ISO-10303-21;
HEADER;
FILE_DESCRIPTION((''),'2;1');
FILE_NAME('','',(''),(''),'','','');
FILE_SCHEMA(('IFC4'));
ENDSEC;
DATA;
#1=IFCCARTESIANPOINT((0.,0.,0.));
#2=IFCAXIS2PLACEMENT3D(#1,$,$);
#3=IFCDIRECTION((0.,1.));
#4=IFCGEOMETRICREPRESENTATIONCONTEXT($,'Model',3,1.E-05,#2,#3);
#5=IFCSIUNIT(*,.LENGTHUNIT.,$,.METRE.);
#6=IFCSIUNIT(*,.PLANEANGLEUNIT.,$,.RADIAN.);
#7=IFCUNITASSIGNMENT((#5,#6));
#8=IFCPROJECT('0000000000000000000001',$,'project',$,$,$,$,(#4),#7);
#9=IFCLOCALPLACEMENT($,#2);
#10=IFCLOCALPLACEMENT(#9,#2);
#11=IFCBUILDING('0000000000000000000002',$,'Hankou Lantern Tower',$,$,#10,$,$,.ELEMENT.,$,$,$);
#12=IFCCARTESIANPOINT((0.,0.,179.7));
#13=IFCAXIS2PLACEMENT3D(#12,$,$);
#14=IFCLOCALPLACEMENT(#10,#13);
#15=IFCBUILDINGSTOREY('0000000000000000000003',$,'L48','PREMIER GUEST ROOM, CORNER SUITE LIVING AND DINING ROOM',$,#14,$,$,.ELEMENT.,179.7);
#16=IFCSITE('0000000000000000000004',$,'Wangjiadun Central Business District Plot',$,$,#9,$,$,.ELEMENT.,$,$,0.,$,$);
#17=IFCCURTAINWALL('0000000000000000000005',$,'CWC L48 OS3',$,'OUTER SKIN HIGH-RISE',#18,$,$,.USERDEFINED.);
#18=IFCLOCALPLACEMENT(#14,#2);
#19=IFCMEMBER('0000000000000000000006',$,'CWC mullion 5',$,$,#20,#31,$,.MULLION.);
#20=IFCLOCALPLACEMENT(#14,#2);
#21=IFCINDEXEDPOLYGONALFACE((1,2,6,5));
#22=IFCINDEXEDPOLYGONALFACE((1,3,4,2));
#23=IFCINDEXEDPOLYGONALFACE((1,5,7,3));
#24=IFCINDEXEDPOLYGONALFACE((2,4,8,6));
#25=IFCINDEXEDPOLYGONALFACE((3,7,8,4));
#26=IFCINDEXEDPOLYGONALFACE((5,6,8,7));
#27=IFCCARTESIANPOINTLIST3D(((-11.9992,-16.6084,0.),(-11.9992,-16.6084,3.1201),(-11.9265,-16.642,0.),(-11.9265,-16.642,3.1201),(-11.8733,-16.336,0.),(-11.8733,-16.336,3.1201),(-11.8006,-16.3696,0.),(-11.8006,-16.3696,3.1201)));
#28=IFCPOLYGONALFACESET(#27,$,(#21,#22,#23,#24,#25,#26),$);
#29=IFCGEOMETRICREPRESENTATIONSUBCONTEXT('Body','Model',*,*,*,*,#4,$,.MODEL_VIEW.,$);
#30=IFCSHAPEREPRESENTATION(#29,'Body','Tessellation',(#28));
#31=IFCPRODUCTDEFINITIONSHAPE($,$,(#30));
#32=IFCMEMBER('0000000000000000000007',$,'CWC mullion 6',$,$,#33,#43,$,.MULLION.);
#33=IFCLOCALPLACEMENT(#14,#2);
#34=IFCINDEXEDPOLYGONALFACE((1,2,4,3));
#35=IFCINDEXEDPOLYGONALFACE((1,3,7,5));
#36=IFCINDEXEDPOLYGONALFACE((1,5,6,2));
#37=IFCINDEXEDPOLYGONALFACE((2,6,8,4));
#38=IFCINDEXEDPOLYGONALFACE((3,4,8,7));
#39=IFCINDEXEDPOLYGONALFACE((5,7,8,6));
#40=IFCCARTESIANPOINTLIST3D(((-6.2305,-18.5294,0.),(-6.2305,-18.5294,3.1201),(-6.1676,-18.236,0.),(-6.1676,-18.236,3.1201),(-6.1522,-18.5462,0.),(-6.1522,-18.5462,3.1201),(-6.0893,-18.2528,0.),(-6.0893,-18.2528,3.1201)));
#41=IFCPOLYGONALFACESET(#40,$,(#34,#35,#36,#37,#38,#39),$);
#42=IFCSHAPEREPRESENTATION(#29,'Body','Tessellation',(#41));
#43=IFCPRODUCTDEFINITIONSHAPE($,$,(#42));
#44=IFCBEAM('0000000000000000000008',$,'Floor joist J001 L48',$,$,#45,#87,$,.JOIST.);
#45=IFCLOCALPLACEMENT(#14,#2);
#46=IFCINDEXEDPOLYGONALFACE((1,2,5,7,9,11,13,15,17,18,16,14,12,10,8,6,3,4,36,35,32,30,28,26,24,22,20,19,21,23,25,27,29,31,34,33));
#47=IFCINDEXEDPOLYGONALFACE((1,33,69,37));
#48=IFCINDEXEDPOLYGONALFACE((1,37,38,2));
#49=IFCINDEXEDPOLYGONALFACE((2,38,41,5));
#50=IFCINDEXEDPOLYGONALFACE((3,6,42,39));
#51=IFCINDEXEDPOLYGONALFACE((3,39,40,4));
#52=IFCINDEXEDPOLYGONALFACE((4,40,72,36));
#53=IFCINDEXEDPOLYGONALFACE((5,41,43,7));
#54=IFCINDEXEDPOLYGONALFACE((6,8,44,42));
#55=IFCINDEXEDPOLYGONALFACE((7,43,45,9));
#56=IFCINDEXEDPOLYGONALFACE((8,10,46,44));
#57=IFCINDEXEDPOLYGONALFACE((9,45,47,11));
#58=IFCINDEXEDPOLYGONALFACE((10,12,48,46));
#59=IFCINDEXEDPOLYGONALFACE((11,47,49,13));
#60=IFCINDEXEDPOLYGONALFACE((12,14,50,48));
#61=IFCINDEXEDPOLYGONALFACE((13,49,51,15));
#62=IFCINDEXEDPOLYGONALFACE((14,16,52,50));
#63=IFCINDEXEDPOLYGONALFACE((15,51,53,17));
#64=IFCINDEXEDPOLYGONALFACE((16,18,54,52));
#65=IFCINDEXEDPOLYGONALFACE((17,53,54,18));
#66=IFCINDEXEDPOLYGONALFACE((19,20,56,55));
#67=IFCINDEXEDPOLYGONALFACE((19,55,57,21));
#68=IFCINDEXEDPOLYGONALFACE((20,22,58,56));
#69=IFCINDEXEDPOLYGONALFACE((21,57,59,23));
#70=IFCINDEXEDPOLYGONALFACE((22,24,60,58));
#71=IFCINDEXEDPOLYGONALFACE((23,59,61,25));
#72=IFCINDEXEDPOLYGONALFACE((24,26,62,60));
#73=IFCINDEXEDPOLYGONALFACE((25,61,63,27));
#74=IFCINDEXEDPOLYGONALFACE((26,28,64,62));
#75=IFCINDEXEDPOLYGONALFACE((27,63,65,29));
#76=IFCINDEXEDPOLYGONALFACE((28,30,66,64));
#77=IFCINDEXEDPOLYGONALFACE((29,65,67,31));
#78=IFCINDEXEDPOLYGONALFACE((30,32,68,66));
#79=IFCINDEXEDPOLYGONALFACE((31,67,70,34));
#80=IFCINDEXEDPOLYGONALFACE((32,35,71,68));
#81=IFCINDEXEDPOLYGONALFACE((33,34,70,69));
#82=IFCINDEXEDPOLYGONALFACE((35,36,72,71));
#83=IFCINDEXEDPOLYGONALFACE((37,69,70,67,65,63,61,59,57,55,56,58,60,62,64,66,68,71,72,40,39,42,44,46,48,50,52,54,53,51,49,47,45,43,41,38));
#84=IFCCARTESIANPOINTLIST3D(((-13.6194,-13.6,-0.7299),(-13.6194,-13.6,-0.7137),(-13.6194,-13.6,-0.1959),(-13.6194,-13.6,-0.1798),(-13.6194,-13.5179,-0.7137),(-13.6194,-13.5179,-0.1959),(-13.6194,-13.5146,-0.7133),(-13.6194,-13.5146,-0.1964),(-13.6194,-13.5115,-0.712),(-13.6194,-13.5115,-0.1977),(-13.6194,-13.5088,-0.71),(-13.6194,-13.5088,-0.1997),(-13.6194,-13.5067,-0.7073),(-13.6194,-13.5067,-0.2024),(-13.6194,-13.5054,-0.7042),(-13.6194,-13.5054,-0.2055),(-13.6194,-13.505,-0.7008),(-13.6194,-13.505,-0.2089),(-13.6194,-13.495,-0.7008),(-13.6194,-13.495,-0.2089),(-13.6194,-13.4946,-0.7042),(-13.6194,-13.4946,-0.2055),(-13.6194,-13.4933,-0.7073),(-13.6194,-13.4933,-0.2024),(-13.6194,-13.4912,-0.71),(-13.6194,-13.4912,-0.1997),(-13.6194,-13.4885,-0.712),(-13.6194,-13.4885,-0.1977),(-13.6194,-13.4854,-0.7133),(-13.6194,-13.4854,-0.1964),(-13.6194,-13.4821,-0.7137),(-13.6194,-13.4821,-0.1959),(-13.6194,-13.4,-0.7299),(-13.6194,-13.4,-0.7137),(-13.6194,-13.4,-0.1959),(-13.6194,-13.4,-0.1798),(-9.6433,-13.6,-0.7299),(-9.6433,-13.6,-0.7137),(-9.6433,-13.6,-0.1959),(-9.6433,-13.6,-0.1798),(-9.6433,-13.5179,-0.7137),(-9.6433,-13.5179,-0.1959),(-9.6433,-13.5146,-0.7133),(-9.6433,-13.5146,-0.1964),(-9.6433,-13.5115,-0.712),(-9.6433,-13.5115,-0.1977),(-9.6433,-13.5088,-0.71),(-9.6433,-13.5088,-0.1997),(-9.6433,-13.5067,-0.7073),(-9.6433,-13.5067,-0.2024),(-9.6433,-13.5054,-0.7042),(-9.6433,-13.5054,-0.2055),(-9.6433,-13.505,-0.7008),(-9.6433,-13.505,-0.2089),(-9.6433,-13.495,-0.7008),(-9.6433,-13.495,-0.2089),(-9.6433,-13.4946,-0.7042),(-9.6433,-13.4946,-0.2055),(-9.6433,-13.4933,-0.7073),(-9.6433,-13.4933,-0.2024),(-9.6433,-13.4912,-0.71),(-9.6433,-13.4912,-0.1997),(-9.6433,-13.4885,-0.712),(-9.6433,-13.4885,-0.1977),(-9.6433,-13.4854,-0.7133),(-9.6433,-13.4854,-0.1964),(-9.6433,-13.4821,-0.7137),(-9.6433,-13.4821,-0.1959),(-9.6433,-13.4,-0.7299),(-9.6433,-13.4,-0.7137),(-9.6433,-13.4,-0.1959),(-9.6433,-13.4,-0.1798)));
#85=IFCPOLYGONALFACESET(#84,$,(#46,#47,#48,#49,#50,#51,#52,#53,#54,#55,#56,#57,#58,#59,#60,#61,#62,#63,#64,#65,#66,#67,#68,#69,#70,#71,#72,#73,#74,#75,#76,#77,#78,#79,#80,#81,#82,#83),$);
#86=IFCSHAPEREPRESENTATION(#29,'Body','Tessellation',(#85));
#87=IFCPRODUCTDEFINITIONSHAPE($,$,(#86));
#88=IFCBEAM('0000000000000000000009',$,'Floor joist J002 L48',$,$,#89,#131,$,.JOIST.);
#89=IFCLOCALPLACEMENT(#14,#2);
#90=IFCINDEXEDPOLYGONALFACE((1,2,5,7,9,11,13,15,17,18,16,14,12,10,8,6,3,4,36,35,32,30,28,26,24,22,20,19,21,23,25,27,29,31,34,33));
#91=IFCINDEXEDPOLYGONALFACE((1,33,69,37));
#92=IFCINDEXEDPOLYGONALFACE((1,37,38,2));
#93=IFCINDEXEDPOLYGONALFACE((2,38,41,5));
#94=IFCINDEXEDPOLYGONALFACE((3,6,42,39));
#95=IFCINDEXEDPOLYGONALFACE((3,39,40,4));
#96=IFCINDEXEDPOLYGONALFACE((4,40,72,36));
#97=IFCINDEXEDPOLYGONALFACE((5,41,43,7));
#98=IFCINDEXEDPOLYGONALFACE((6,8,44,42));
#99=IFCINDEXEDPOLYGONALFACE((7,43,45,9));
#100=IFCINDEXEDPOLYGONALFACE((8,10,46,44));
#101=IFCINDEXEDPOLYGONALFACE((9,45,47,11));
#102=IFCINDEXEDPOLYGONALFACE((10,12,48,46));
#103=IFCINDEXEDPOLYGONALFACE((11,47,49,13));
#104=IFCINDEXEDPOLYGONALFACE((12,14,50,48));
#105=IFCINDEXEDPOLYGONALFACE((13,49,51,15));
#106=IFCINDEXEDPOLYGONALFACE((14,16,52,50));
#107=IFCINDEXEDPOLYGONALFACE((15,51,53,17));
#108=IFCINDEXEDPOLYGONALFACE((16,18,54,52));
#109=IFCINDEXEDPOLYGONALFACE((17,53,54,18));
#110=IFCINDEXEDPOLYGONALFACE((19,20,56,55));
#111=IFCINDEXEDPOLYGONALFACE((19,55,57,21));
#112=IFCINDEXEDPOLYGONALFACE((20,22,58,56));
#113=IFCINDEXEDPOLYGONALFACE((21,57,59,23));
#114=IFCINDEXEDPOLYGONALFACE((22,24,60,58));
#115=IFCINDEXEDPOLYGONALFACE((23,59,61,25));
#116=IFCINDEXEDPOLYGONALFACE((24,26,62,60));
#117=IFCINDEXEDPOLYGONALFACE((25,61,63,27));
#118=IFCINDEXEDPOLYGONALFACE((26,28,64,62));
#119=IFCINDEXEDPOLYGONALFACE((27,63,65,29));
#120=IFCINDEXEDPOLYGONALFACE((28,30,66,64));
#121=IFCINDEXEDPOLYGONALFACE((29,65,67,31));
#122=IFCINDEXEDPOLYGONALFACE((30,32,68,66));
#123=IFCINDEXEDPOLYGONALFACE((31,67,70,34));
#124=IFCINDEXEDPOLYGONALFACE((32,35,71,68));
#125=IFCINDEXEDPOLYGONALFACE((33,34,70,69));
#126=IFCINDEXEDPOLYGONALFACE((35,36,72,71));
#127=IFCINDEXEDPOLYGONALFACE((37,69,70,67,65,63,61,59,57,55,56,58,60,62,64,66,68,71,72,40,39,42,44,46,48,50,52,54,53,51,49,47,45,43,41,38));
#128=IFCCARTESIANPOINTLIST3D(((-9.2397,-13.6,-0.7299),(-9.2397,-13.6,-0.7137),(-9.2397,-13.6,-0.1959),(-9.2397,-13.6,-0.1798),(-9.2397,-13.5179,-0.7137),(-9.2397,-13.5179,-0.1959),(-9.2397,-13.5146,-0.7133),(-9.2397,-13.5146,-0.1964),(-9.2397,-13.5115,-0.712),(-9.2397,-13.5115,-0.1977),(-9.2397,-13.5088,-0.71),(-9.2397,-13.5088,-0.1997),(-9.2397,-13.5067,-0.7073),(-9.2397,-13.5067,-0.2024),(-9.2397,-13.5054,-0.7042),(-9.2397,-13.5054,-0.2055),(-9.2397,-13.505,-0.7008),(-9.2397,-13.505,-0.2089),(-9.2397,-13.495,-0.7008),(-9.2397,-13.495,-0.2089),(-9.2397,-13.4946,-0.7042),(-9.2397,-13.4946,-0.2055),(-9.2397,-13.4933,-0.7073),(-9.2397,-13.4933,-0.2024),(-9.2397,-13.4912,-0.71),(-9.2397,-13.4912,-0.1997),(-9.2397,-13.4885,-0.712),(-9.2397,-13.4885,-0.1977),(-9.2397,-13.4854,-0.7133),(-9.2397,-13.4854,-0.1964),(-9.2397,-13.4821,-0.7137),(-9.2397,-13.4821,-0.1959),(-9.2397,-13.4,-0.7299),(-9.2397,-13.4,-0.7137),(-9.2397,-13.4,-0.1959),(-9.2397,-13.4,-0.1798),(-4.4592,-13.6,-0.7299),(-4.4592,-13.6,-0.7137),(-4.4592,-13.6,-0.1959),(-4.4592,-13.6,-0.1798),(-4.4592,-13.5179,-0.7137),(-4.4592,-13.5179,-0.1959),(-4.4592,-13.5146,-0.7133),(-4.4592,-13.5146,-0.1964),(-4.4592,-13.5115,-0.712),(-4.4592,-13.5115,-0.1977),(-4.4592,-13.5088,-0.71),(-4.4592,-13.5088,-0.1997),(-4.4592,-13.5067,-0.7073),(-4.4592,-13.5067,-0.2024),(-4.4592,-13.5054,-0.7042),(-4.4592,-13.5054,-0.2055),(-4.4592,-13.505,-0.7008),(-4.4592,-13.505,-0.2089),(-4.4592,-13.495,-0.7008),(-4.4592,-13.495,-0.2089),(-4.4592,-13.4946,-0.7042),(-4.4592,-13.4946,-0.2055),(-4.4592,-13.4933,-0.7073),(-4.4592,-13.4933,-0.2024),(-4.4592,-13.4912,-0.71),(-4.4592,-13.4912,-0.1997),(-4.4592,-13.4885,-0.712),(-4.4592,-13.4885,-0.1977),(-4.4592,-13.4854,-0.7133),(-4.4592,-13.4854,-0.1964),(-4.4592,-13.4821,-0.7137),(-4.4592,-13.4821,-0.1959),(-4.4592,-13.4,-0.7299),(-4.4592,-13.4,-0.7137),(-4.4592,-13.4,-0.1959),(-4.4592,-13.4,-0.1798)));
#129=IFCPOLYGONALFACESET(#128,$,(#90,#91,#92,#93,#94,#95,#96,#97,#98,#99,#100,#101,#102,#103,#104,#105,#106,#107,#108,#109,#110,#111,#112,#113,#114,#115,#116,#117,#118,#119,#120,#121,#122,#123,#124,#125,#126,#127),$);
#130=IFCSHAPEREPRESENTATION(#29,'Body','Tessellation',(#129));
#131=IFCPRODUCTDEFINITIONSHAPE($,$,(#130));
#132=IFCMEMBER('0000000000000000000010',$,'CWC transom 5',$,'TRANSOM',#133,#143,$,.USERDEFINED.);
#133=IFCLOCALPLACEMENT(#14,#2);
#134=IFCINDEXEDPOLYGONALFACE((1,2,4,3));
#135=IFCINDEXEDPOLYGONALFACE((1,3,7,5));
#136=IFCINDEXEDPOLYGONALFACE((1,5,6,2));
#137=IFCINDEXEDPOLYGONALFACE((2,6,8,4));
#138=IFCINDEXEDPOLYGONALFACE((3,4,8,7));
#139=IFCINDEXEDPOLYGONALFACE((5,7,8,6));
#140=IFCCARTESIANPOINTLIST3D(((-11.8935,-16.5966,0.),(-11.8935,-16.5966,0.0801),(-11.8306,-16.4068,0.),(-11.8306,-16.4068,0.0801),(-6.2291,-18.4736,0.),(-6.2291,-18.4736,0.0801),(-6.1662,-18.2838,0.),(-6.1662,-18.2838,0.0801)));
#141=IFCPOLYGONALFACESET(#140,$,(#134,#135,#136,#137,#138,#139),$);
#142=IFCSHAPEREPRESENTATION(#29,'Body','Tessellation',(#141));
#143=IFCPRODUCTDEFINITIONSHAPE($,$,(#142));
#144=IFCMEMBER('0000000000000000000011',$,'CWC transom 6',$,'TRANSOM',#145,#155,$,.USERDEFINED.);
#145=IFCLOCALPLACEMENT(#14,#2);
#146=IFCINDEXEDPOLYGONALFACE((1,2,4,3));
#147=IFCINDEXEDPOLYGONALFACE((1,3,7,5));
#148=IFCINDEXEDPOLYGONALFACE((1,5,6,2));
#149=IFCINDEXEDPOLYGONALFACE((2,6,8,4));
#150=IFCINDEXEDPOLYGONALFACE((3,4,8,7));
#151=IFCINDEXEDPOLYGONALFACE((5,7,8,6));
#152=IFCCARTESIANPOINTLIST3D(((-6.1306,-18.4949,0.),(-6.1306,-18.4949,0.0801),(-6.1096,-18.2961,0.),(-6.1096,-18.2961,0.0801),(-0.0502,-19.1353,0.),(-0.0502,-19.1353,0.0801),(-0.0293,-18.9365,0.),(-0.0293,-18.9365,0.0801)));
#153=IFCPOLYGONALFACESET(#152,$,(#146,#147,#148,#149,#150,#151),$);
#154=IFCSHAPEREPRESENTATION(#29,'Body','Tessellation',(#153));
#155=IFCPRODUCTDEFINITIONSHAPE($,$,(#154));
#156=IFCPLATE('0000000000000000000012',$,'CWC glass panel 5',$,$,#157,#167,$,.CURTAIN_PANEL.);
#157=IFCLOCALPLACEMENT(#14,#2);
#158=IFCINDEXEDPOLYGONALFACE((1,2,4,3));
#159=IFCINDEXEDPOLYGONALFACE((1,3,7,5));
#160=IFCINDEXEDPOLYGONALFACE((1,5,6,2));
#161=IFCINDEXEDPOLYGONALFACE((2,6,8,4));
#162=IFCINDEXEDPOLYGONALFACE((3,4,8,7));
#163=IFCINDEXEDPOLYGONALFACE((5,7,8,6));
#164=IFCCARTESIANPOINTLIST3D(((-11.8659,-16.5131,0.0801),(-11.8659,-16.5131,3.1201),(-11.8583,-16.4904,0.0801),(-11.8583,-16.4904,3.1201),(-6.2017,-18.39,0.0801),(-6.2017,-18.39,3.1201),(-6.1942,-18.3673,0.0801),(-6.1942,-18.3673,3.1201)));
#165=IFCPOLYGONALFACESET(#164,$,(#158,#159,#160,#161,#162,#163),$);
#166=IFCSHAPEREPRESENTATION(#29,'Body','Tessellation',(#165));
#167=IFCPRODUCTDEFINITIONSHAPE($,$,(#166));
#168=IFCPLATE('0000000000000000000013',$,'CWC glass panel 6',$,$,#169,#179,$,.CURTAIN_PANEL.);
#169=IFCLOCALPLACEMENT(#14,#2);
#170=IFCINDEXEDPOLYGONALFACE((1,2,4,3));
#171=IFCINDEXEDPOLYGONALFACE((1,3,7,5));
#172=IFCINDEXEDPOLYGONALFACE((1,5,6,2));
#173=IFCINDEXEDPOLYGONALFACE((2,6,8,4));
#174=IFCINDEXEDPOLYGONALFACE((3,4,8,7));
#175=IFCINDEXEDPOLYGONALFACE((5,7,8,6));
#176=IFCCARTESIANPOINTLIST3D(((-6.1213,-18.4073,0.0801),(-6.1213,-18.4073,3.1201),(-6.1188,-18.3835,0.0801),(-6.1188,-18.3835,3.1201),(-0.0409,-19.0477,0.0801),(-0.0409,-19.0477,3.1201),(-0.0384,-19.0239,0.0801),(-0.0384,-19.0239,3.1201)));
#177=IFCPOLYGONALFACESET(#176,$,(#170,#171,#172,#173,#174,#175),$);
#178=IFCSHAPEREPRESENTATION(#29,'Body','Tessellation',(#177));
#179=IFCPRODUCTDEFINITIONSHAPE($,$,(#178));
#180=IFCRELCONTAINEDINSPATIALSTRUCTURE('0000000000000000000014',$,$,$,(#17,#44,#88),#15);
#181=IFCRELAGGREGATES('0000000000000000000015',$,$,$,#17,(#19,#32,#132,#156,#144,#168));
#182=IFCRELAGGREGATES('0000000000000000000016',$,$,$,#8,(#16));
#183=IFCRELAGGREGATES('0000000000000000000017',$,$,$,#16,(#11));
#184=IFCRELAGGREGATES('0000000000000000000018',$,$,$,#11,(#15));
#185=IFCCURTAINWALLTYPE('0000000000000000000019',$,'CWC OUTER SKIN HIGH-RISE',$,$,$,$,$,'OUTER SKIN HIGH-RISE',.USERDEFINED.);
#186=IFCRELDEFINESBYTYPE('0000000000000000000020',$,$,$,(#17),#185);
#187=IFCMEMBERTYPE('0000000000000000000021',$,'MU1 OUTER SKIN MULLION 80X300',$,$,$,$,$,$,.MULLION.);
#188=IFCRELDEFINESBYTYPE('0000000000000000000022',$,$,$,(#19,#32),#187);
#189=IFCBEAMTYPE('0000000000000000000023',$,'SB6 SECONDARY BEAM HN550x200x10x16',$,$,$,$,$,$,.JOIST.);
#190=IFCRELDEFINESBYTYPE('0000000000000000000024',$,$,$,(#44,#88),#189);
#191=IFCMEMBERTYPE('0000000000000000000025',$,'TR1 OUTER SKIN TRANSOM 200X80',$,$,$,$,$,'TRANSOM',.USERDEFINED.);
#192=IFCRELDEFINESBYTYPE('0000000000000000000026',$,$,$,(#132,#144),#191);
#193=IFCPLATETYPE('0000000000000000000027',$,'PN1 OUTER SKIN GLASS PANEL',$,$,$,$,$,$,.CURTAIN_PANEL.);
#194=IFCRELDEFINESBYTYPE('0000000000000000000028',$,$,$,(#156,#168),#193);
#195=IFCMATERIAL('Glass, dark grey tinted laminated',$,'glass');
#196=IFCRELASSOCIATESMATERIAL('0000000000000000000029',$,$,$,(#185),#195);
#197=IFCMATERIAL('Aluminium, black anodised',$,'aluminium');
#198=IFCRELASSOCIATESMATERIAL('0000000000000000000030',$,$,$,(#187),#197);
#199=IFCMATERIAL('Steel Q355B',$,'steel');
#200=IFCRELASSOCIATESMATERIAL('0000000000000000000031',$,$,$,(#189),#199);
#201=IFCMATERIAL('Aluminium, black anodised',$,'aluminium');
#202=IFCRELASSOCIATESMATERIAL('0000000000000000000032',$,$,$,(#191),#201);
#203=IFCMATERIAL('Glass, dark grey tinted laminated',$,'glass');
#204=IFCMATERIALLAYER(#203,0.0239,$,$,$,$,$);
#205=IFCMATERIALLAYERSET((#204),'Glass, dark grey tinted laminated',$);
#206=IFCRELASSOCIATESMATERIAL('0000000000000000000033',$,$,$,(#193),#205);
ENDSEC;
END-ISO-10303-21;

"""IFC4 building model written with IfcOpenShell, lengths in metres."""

from ifc_helpers import new_model, si_unit, direction, frame, origin, origin_2d, place, context, subcontext, project, spatial, rectangle, i_section, extrude, material, layer, layer_set, material_profile, profile_set, type_object, element, aggregate, save


model = new_model("IFC4")

# Units and contexts
model_context = context("Model", 3, precision=1e-05, world=origin(), true_north=direction((0.0, 1.0)))
body_context = subcontext(model_context, "Body", "Model", "MODEL_VIEW")
ifc_project = project(units=[si_unit("LENGTHUNIT", "METRE"), si_unit("PLANEANGLEUNIT", "RADIAN")], contexts=[model_context])

# Site, building, storey
site_placement = place(None, origin())
site = spatial("IfcSite", under=ifc_project, at=site_placement, Name="Wangjiadun Central Business District Plot", CompositionType="ELEMENT", RefElevation=0.0)
building_placement = place(site_placement, origin())
building = spatial("IfcBuilding", under=site, at=building_placement, Name="Hankou Lantern Tower", CompositionType="ELEMENT")
storey_placement = place(building_placement, frame((0.0, 0.0, 179.7)))
storey = spatial("IfcBuildingStorey", under=building, at=storey_placement, Name="L48", Description="PREMIER GUEST ROOM, CORNER SUITE LIVING AND DINING ROOM", CompositionType="ELEMENT", Elevation=179.7)

# Curtain wall, members
ifc_material_1 = material(Name="Glass, dark grey tinted laminated", Category="glass")
curtain_wall_type = type_object("IfcCurtainWallType", Name="CWC OUTER SKIN HIGH-RISE", ElementType="OUTER SKIN HIGH-RISE", PredefinedType="USERDEFINED", material=ifc_material_1)
curtain_wall_placement = place(storey_placement, origin())
curtain_wall = element("IfcCurtainWall", 1, at=curtain_wall_placement, inside=storey, type_object=curtain_wall_type, Name="CWC L48 OS3", ObjectType="OUTER SKIN HIGH-RISE", PredefinedType="USERDEFINED")
ifc_material_2 = material(Name="Aluminium, black anodised", Category="aluminium")
ifc_material_profile_1 = material_profile(ifc_material_2, rectangle(XDim=0.0801, YDim=0.3, at=origin_2d()), Name="MU1 80X300")
ifc_profile_set_1 = profile_set([ifc_material_profile_1], Name="Aluminium, black anodised")
member_type_1 = type_object("IfcMemberType", Name="MU1 OUTER SKIN MULLION 80X300", PredefinedType="MULLION", material=ifc_profile_set_1)
member_1_placement = place(storey_placement, frame((-11.8999, -16.489, 0.0), z_axis=(0.0, 0.0, 1.0), x_axis=(0.907841, -0.419314, 0.0)))
member_1 = element("IfcMember", 2, at=member_1_placement, type_object=member_type_1, Name="CWC mullion 5", PredefinedType="MULLION", context=body_context, shape_type="SweptSolid", body=[
    extrude(rectangle(XDim=0.0801, YDim=0.3, at=origin_2d()), origin(), (0.0, 0.0, 1.0), 3.1201),
])
member_2_placement = place(storey_placement, frame((-6.1599, -18.3911, 0.0), z_axis=(0.0, 0.0, 1.0), x_axis=(0.977788, -0.209598, 0.0)))
member_2 = element("IfcMember", 3, at=member_2_placement, type_object=member_type_1, Name="CWC mullion 6", PredefinedType="MULLION", context=body_context, shape_type="SweptSolid", body=[
    extrude(rectangle(XDim=0.0801, YDim=0.3, at=origin_2d()), origin(), (0.0, 0.0, 1.0), 3.1201),
])

# Beams
ifc_material_3 = material(Name="Steel Q355B", Category="steel")
ifc_material_profile_2 = material_profile(ifc_material_3, i_section(OverallWidth=0.2, OverallDepth=0.55, WebThickness=0.01, FlangeThickness=0.0161, FilletRadius=0.0129, at=origin_2d()), Name="HN550x200x10x16")
ifc_profile_set_2 = profile_set([ifc_material_profile_2], Name="Steel Q355B")
beam_type_1 = type_object("IfcBeamType", Name="SB6 SECONDARY BEAM HN550x200x10x16", PredefinedType="JOIST", material=ifc_profile_set_2)
beam_1_placement = place(storey_placement, frame((-13.6194, -13.5, -0.4548), z_axis=(1.0, 0.0, 0.0), x_axis=(0.0, 1.0, 0.0)))
element("IfcBeam", 4, at=beam_1_placement, inside=storey, type_object=beam_type_1, Name="Floor joist J001 L48", PredefinedType="JOIST", context=body_context, shape_type="SweptSolid", body=[
    extrude(i_section(OverallWidth=0.2, OverallDepth=0.55, WebThickness=0.01, FlangeThickness=0.0161, FilletRadius=0.0129, at=origin_2d()), origin(), (0.0, 0.0, 1.0), 3.9761),
])
beam_2_placement = place(storey_placement, frame((-9.2397, -13.5, -0.4548), z_axis=(1.0, 0.0, 0.0), x_axis=(0.0, 1.0, 0.0)))
element("IfcBeam", 5, at=beam_2_placement, inside=storey, type_object=beam_type_1, Name="Floor joist J002 L48", PredefinedType="JOIST", context=body_context, shape_type="SweptSolid", body=[
    extrude(i_section(OverallWidth=0.2, OverallDepth=0.55, WebThickness=0.01, FlangeThickness=0.0161, FilletRadius=0.0129, at=origin_2d()), origin(), (0.0, 0.0, 1.0), 4.7805),
])

# Members
ifc_material_4 = material(Name="Aluminium, black anodised", Category="aluminium")
ifc_material_profile_3 = material_profile(ifc_material_4, rectangle(XDim=0.2, YDim=0.0801, at=origin_2d()), Name="TR1 200X80")
ifc_profile_set_3 = profile_set([ifc_material_profile_3], Name="Aluminium, black anodised")
member_type_2 = type_object("IfcMemberType", Name="TR1 OUTER SKIN TRANSOM 200X80", ElementType="TRANSOM", PredefinedType="USERDEFINED", material=ifc_profile_set_3)
member_3_placement = place(storey_placement, frame((-11.8621, -16.5017, 0.04), z_axis=(0.949242, -0.314546, 0.0), x_axis=(0.314546, 0.949242, 0.0)))
member_3 = element("IfcMember", 6, at=member_3_placement, type_object=member_type_2, Name="CWC transom 5", ObjectType="TRANSOM", PredefinedType="USERDEFINED", context=body_context, shape_type="SweptSolid", body=[
    extrude(rectangle(XDim=0.2, YDim=0.0801, at=origin_2d()), origin(), (0.0, 0.0, 1.0), 5.9673),
])
member_4_placement = place(storey_placement, frame((-6.1201, -18.3955, 0.04), z_axis=(0.9945, -0.104741, 0.0), x_axis=(0.104741, 0.9945, 0.0)))
member_4 = element("IfcMember", 7, at=member_4_placement, type_object=member_type_2, Name="CWC transom 6", ObjectType="TRANSOM", PredefinedType="USERDEFINED", context=body_context, shape_type="SweptSolid", body=[
    extrude(rectangle(XDim=0.2, YDim=0.0801, at=origin_2d()), origin(), (0.0, 0.0, 1.0), 6.114),
])

# Plates
ifc_material_5 = material(Name="Glass, dark grey tinted laminated", Category="glass")
ifc_layer_1 = layer(ifc_material_5, 0.0239)
ifc_layer_set_1 = layer_set([ifc_layer_1], Name="Glass, dark grey tinted laminated")
plate_type = type_object("IfcPlateType", Name="PN1 OUTER SKIN GLASS PANEL", PredefinedType="CURTAIN_PANEL", material=ifc_layer_set_1)
plate_1_placement = place(storey_placement, frame((-9.03, -17.4402, 0.0801), z_axis=(0.0, 0.0, 1.0), x_axis=(0.949241, -0.314551, 0.0)))
plate_1 = element("IfcPlate", 8, at=plate_1_placement, type_object=plate_type, Name="CWC glass panel 5", PredefinedType="CURTAIN_PANEL", context=body_context, shape_type="SweptSolid", body=[
    extrude(rectangle(XDim=5.967, YDim=0.0239, at=origin_2d()), origin(), (0.0, 0.0, 1.0), 3.04),
])
plate_2_placement = place(storey_placement, frame((-3.0798, -18.7156, 0.0801), z_axis=(0.0, 0.0, 1.0), x_axis=(0.994499, -0.104743, 0.0)))
plate_2 = element("IfcPlate", 9, at=plate_2_placement, type_object=plate_type, Name="CWC glass panel 6", PredefinedType="CURTAIN_PANEL", context=body_context, shape_type="SweptSolid", body=[
    extrude(rectangle(XDim=6.114, YDim=0.0239, at=origin_2d()), origin(), (0.0, 0.0, 1.0), 3.04),
])
aggregate(curtain_wall, [member_1, member_2, member_3, plate_1, member_4, plate_2])

save(model, "model.ifc")
